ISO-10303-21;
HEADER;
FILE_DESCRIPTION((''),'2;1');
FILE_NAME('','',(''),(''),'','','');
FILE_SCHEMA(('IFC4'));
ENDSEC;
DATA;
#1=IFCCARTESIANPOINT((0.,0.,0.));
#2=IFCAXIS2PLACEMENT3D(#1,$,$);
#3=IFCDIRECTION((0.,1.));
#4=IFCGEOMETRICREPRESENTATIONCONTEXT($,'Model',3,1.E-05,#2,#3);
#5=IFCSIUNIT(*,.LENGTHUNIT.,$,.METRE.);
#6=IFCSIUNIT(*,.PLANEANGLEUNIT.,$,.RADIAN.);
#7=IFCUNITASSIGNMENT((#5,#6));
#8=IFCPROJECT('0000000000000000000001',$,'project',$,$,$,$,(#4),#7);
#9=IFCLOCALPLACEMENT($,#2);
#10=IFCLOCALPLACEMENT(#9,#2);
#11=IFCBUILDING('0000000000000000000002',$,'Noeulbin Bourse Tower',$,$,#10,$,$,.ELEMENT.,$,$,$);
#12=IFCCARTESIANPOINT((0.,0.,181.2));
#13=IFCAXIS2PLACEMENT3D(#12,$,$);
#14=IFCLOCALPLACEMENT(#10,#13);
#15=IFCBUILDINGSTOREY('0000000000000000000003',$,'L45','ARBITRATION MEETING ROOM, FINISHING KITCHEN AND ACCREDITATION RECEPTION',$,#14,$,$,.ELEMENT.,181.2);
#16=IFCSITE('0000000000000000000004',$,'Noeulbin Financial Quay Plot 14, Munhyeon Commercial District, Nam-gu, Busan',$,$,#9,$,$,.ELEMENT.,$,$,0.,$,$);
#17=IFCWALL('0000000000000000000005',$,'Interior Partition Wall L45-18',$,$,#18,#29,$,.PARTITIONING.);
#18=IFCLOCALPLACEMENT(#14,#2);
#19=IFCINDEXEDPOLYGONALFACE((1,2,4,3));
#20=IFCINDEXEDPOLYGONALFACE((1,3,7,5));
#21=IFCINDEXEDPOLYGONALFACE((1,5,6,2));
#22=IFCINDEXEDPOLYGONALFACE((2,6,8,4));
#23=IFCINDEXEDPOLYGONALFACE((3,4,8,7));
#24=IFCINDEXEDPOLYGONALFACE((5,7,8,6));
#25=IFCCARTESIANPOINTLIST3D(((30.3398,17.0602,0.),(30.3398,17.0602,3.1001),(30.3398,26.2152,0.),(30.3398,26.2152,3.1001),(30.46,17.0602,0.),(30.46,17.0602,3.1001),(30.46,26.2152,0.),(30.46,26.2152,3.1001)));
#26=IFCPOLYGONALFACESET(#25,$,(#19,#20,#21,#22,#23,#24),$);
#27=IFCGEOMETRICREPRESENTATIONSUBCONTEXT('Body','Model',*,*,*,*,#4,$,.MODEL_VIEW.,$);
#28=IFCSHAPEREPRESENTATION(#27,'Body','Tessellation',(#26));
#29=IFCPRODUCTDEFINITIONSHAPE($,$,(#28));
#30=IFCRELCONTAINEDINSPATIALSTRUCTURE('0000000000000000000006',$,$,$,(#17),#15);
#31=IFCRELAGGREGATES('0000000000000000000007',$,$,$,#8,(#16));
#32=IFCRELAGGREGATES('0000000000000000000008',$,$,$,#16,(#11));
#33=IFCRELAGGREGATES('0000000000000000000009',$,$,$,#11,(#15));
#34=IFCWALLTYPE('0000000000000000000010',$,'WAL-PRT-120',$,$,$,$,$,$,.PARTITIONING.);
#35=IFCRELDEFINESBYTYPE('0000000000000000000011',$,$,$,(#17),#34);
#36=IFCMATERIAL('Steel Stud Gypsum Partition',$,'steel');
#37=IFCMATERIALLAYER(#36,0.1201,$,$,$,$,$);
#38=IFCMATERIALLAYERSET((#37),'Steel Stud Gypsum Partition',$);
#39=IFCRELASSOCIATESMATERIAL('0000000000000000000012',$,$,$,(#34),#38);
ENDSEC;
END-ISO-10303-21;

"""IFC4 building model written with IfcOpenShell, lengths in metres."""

from ifc_helpers import new_model, si_unit, direction, frame, frame_2d, origin, place, context, subcontext, project, spatial, rectangle, extrude, material, layer, layer_set, type_object, element, save


model = new_model("IFC4")

# Units and contexts
model_context = context("Model", 3, precision=1e-05, world=origin(), true_north=direction((0.0, 1.0)))
body_context = subcontext(model_context, "Body", "Model", "MODEL_VIEW")
ifc_project = project(units=[si_unit("LENGTHUNIT", "METRE"), si_unit("PLANEANGLEUNIT", "RADIAN")], contexts=[model_context])

# Site, building, storey
site_placement = place(None, origin())
site = spatial("IfcSite", under=ifc_project, at=site_placement, Name="Noeulbin Financial Quay Plot 14, Munhyeon Commercial District, Nam-gu, Busan", CompositionType="ELEMENT", RefElevation=0.0)
building_placement = place(site_placement, origin())
building = spatial("IfcBuilding", under=site, at=building_placement, Name="Noeulbin Bourse Tower", CompositionType="ELEMENT")
storey_placement = place(building_placement, frame((0.0, 0.0, 181.2)))
storey = spatial("IfcBuildingStorey", under=building, at=storey_placement, Name="L45", Description="ARBITRATION MEETING ROOM, FINISHING KITCHEN AND ACCREDITATION RECEPTION", CompositionType="ELEMENT", Elevation=181.2)

# Wall
ifc_material_1 = material(Name="Steel Stud Gypsum Partition", Category="steel")
ifc_layer_1 = layer(ifc_material_1, 0.1201)
ifc_layer_set_1 = layer_set([ifc_layer_1], Name="Steel Stud Gypsum Partition")
wall_type_1 = type_object("IfcWallType", Name="WAL-PRT-120", PredefinedType="PARTITIONING", material=ifc_layer_set_1)
wall_placement = place(storey_placement, frame((30.3999, 17.0601, 0.0), z_axis=(0.0, 0.0, 1.0), x_axis=(0.0, 1.0, 0.0)))
element("IfcWall", 1, at=wall_placement, inside=storey, type_object=wall_type_1, Name="Interior Partition Wall L45-18", PredefinedType="PARTITIONING", context=body_context, shape_type="SweptSolid", body=[
    extrude(rectangle(XDim=9.155, YDim=0.1201, at=frame_2d((4.5776, 0.0))), origin(), (0.0, 0.0, 1.0), 3.1001),
])

save(model, "model.ifc")
